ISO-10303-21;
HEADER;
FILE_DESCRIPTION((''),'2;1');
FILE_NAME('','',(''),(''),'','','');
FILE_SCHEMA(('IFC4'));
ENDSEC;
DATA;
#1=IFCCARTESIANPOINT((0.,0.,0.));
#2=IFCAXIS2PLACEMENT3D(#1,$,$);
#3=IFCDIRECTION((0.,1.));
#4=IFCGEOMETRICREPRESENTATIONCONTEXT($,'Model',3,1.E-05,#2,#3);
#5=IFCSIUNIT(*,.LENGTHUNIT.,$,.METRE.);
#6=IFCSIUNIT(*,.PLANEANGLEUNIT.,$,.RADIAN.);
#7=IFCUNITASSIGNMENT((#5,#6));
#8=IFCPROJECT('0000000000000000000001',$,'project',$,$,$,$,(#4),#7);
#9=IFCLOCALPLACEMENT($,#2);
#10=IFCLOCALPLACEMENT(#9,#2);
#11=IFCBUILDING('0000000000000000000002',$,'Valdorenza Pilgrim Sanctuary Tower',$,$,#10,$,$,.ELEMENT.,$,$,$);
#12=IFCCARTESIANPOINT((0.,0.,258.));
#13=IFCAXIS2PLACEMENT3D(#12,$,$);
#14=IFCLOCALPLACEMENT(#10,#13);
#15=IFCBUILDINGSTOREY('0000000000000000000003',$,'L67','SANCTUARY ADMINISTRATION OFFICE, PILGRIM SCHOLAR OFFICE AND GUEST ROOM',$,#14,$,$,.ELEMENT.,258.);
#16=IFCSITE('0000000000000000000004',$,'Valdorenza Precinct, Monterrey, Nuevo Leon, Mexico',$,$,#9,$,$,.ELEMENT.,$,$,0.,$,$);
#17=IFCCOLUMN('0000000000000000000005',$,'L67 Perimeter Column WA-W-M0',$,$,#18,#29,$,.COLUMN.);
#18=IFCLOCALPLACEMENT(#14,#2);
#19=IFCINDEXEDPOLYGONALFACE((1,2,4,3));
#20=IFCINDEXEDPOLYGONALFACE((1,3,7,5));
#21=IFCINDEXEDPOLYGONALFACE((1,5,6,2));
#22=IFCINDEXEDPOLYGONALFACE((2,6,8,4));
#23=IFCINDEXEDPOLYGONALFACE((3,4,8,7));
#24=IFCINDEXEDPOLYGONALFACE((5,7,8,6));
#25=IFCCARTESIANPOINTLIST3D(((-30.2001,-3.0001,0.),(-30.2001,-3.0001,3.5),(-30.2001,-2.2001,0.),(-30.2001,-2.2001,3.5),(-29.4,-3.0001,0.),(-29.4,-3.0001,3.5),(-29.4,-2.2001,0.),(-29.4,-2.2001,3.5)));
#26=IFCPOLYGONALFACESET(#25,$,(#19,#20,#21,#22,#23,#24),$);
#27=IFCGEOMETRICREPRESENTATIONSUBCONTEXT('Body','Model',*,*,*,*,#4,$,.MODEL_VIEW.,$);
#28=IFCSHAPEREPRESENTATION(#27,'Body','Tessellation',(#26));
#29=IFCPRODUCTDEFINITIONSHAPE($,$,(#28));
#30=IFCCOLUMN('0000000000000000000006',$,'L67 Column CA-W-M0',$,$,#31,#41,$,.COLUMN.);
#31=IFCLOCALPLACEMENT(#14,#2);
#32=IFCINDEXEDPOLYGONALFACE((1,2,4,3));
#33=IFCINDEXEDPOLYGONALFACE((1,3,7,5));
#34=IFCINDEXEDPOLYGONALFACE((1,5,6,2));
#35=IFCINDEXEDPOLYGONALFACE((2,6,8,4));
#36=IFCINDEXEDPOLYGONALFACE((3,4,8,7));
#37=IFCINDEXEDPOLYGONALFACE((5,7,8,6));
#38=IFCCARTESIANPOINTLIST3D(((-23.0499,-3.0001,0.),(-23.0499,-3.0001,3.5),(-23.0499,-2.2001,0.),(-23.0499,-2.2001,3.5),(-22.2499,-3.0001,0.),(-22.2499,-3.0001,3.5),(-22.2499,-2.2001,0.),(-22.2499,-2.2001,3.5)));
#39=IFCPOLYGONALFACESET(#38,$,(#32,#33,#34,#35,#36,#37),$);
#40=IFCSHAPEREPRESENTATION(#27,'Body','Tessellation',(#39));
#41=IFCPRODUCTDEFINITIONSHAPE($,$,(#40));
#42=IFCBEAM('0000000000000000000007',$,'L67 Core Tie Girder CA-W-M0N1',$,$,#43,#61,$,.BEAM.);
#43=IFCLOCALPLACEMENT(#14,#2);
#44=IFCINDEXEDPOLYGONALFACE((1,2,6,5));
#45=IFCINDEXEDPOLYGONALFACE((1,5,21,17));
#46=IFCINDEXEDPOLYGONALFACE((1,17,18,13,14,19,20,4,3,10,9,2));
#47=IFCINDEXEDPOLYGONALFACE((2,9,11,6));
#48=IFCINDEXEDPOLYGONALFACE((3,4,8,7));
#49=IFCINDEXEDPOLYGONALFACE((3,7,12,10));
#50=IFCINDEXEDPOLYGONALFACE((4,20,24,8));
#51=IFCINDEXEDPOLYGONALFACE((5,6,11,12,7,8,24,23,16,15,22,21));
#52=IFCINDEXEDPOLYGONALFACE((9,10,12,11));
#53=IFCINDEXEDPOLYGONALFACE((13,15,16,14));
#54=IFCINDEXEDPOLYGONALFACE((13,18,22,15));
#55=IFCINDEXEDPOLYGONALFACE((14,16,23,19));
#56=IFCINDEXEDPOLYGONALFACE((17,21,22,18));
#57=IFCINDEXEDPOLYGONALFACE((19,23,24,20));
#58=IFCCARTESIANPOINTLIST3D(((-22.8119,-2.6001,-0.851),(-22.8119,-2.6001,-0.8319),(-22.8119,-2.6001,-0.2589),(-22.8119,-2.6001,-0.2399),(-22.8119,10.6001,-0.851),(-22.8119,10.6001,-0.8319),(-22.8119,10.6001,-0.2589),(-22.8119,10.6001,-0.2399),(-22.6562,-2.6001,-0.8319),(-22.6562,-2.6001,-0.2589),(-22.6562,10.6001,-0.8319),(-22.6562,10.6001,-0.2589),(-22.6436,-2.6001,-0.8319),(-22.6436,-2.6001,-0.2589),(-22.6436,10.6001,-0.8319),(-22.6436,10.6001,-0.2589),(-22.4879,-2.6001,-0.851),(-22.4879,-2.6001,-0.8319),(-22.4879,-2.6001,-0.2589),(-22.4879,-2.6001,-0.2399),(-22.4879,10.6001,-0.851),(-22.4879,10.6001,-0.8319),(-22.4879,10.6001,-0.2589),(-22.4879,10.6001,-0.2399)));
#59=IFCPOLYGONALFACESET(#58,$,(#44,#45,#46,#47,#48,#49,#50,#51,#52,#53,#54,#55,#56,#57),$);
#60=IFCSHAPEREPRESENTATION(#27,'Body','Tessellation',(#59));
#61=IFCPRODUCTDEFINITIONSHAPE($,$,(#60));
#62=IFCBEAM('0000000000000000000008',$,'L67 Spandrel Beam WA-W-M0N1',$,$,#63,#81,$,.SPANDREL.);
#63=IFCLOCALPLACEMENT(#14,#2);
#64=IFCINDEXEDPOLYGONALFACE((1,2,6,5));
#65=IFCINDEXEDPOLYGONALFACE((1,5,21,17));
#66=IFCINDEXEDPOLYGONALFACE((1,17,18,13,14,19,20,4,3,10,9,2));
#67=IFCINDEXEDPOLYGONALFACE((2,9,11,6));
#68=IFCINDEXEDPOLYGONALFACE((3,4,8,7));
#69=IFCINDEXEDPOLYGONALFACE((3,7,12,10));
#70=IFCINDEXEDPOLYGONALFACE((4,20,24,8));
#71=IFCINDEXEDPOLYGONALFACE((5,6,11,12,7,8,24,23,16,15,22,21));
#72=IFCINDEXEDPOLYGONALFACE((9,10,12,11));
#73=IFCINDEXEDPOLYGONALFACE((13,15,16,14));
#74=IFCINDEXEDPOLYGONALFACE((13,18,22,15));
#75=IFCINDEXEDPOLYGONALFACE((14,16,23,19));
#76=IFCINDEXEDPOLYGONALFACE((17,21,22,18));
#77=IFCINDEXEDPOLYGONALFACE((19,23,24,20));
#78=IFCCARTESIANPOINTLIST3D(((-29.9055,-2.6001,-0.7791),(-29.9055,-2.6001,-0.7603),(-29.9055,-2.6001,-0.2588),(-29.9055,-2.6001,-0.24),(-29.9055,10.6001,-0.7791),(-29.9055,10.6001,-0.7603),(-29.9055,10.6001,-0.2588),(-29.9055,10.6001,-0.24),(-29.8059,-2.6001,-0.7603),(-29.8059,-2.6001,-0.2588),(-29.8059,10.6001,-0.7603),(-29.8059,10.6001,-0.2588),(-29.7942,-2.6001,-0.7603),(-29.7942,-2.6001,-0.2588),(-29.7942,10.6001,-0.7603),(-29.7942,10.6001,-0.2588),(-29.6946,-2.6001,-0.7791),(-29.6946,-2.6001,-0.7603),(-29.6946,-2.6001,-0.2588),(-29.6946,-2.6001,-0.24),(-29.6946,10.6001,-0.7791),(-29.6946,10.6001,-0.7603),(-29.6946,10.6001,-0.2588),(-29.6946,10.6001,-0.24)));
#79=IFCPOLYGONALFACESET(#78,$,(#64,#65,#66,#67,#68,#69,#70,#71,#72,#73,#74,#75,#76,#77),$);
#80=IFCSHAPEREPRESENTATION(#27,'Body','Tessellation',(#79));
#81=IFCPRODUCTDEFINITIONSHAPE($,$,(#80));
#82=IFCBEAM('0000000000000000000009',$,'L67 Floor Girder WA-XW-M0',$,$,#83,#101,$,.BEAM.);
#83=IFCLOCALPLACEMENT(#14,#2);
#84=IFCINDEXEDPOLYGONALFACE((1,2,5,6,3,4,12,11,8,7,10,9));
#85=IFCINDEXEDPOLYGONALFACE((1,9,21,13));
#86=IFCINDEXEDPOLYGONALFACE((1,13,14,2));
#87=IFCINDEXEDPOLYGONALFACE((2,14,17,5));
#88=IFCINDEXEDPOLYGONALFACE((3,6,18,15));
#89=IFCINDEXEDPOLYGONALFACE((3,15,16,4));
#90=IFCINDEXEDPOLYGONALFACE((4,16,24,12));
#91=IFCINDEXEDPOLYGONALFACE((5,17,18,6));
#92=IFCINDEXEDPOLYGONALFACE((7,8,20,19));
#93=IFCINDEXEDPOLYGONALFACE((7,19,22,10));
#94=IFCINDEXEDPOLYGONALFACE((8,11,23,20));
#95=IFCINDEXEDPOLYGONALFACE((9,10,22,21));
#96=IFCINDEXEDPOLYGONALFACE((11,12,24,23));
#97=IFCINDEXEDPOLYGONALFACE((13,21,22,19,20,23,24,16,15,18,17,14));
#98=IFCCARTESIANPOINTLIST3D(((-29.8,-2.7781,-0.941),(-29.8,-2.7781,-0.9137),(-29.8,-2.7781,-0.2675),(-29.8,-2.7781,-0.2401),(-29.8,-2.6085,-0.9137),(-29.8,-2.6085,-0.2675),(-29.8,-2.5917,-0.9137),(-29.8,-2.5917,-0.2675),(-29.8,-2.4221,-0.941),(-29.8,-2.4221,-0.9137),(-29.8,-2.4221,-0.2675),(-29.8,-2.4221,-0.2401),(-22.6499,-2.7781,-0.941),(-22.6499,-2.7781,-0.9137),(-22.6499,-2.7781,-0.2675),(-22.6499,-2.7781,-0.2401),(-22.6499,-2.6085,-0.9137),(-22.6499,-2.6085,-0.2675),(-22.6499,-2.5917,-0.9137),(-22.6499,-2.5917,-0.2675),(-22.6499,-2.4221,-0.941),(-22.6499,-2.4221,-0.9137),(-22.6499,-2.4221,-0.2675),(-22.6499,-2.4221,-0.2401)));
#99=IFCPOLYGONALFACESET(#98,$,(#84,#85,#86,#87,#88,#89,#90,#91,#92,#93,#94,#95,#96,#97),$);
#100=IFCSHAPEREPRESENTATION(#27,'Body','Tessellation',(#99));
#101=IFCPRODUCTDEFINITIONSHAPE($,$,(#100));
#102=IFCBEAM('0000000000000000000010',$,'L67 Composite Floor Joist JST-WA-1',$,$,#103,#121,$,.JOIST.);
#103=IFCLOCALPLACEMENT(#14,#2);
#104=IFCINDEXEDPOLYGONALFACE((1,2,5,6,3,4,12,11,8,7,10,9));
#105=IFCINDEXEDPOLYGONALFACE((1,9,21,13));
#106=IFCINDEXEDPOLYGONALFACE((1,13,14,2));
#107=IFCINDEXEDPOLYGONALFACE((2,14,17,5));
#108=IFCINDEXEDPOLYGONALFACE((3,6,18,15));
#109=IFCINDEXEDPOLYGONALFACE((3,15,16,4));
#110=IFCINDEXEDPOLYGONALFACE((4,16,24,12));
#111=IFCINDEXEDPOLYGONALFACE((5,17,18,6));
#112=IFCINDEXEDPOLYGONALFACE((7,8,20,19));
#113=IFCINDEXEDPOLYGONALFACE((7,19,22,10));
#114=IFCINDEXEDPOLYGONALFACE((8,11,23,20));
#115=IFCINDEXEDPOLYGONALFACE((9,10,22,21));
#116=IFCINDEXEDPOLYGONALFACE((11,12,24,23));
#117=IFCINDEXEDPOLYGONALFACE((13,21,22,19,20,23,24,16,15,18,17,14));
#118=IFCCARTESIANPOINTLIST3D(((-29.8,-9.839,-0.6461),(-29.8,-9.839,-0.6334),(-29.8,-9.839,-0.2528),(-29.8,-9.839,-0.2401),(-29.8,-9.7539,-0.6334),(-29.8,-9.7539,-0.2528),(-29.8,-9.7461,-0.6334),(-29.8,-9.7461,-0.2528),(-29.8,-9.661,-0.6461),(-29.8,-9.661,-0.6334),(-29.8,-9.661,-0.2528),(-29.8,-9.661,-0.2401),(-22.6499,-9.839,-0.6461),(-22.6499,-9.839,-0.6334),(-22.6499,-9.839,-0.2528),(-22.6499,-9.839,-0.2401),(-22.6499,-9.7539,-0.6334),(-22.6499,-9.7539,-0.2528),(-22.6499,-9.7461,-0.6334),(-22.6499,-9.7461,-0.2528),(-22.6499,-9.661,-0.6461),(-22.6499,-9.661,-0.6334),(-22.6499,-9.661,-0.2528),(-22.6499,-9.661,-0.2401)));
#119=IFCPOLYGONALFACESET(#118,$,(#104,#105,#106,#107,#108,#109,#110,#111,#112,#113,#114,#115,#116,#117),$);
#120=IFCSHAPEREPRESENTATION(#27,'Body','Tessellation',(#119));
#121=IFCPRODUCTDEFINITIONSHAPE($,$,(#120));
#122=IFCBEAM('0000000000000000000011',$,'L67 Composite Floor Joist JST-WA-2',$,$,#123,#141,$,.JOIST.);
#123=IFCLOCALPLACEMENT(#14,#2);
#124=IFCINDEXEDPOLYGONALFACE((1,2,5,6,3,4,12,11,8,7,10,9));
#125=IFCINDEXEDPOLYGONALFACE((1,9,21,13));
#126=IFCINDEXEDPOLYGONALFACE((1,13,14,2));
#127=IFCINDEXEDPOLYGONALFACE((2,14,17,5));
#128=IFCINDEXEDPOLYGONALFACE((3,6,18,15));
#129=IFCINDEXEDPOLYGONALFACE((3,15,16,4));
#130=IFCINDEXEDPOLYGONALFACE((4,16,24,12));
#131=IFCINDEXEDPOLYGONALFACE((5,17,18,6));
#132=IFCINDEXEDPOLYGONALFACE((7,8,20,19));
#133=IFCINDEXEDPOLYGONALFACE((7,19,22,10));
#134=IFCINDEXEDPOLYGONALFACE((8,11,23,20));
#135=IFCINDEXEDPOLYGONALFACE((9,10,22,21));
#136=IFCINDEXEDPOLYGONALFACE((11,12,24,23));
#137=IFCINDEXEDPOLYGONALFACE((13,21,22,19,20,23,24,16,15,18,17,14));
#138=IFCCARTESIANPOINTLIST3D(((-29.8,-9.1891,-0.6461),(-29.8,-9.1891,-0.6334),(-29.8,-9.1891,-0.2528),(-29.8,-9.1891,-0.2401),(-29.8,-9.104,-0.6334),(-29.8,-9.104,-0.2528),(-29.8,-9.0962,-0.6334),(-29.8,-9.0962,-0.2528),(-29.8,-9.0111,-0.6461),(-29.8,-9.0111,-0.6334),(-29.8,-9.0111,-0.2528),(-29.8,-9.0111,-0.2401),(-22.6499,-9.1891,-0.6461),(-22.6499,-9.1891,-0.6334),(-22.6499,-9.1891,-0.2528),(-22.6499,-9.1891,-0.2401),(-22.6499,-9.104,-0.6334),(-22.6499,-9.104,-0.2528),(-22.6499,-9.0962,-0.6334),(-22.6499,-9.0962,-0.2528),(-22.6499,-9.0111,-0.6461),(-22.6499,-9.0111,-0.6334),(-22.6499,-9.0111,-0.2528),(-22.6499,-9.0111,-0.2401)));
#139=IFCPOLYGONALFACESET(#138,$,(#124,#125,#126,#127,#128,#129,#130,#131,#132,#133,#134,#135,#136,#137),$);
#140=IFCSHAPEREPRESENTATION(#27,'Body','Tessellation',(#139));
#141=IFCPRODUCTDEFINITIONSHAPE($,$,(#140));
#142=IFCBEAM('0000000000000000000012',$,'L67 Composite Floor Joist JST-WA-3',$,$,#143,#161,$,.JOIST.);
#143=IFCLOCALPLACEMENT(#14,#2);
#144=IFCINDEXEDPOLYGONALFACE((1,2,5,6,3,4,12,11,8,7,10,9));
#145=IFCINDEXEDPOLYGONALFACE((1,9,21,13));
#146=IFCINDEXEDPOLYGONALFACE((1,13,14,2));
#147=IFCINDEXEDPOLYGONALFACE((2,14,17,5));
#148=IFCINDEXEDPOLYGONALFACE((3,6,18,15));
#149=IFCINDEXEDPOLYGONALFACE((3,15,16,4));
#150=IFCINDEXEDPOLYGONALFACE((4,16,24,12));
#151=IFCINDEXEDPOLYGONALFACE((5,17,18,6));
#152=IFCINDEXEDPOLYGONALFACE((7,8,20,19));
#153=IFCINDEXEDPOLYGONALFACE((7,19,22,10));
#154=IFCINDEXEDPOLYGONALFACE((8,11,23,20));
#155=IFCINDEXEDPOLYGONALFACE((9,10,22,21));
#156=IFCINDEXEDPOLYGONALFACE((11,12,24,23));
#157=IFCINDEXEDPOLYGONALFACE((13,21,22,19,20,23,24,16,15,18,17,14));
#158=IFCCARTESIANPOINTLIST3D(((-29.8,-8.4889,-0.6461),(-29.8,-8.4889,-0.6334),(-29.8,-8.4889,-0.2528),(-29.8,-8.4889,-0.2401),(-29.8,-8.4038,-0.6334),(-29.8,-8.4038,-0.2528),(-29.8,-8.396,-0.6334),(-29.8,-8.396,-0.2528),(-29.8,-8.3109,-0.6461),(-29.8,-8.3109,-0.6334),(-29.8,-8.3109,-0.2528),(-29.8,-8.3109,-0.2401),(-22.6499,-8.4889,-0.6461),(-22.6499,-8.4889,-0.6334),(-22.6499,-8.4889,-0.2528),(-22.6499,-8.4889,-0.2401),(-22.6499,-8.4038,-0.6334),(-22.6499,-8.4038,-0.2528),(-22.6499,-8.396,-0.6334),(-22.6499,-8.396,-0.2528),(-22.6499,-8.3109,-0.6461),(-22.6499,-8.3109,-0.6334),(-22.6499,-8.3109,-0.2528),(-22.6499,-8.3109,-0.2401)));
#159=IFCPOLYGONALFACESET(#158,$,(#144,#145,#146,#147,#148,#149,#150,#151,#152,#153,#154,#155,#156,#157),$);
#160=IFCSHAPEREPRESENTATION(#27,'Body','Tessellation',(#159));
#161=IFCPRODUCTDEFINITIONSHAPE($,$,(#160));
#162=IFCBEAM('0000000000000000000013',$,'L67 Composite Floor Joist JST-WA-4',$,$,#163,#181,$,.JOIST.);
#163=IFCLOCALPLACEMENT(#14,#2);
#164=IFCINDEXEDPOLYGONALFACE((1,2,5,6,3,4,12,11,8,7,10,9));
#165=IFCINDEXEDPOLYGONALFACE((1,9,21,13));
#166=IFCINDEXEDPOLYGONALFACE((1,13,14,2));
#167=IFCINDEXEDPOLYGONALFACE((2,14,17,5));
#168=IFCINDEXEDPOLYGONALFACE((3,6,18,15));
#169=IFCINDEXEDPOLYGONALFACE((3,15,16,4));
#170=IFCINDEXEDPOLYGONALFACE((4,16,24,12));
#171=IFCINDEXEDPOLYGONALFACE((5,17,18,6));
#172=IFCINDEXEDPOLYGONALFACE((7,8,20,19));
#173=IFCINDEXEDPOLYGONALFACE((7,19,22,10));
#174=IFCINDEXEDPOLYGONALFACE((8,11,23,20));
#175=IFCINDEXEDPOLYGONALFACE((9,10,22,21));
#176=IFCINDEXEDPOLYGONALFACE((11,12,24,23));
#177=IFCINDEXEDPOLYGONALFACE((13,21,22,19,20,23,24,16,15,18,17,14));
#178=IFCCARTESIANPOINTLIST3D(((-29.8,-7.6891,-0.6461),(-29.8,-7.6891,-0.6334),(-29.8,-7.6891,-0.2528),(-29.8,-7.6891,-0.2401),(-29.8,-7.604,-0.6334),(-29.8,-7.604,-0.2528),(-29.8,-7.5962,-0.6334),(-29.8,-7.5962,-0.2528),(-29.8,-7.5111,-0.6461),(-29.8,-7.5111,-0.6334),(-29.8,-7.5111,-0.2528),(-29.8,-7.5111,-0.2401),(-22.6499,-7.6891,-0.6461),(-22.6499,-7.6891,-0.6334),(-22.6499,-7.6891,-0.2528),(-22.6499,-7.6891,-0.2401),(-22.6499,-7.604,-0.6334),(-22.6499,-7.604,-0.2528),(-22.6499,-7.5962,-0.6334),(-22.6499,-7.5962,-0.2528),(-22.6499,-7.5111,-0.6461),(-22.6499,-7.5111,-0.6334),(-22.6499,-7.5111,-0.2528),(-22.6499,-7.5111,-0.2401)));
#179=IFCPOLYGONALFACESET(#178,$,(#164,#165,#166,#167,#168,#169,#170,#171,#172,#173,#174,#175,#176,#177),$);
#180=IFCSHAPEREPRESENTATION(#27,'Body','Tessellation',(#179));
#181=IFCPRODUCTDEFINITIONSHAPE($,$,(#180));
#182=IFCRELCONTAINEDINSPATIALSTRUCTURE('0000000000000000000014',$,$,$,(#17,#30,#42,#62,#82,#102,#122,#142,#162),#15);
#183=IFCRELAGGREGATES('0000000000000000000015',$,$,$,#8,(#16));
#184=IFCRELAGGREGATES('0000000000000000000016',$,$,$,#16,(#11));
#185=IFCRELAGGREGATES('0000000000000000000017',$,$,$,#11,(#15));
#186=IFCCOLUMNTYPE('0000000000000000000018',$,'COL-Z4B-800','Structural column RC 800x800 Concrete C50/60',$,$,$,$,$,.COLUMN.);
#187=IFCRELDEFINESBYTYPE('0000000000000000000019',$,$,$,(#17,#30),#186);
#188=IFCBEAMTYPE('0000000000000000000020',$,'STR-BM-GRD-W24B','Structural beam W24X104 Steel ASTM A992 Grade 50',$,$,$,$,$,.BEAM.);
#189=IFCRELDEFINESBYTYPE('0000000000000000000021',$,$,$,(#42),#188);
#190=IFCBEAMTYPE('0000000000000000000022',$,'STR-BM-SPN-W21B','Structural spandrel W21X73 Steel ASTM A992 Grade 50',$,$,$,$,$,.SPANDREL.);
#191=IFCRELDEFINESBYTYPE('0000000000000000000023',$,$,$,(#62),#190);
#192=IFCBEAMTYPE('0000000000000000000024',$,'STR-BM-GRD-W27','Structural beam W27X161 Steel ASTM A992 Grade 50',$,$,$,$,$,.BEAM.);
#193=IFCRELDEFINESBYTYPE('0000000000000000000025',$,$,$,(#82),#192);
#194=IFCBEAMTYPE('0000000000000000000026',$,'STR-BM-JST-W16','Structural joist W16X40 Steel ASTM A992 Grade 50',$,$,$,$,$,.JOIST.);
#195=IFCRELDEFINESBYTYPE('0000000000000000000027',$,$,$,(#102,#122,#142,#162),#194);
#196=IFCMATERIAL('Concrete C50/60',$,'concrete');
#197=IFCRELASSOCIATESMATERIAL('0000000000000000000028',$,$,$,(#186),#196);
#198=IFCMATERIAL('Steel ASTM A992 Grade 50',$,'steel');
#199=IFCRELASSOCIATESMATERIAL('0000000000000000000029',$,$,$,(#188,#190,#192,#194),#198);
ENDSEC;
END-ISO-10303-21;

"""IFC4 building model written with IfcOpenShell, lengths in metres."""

from ifc_helpers import new_model, si_unit, direction, frame, origin, origin_2d, place, context, subcontext, project, spatial, rectangle, i_section, extrude, source, transform, mapped, material, material_profile, profile_set, type_object, element, save


model = new_model("IFC4")

# Units and contexts
model_context = context("Model", 3, precision=1e-05, world=origin(), true_north=direction((0.0, 1.0)))
body_context = subcontext(model_context, "Body", "Model", "MODEL_VIEW")
ifc_project = project(units=[si_unit("LENGTHUNIT", "METRE"), si_unit("PLANEANGLEUNIT", "RADIAN")], contexts=[model_context])

# Site, building, storey
site_placement = place(None, origin())
site = spatial("IfcSite", under=ifc_project, at=site_placement, Name="Valdorenza Precinct, Monterrey, Nuevo Leon, Mexico", CompositionType="ELEMENT", RefElevation=0.0)
building_placement = place(site_placement, origin())
building = spatial("IfcBuilding", under=site, at=building_placement, Name="Valdorenza Pilgrim Sanctuary Tower", CompositionType="ELEMENT")
storey_placement = place(building_placement, frame((0.0, 0.0, 258.0)))
storey = spatial("IfcBuildingStorey", under=building, at=storey_placement, Name="L67", Description="SANCTUARY ADMINISTRATION OFFICE, PILGRIM SCHOLAR OFFICE AND GUEST ROOM", CompositionType="ELEMENT", Elevation=258.0)

# Columns
ifc_material_1 = material(Name="Concrete C50/60", Category="concrete")
ifc_material_profile_1 = material_profile(ifc_material_1, rectangle(XDim=0.8, YDim=0.8, at=origin_2d()), Name="RC 800x800")
ifc_profile_set_1 = profile_set([ifc_material_profile_1], Name="Concrete C50/60")
column_type = type_object("IfcColumnType", Name="COL-Z4B-800", Description="Structural column RC 800x800 Concrete C50/60", PredefinedType="COLUMN", material=ifc_profile_set_1)
shared_shape_1 = source(origin(), body_context, "Body", "SweptSolid", [
    extrude(rectangle(XDim=0.8, YDim=0.8, at=origin_2d()), origin(), (0.0, 0.0, 1.0), 3.5),
])
for number, where, z_axis, x_axis, name in (
    (1, (-29.8, -2.6001, 0.0), (0.0, 0.0, 1.0), (1.0, 0.0, 0.0), "L67 Perimeter Column WA-W-M0"),
    (2, (-22.6499, -2.6001, 0.0), (0.0, 0.0, 1.0), (1.0, 0.0, 0.0), "L67 Column CA-W-M0"),
):
    element("IfcColumn", number, at=place(storey_placement, frame(where, z_axis=z_axis, x_axis=x_axis)), inside=storey, type_object=column_type, Name=name, PredefinedType="COLUMN", context=body_context, shape_type="MappedRepresentation", body=[
        mapped(shared_shape_1, transform((0.0, 0.0, 0.0), x_axis=(1.0, 0.0, 0.0), y_axis=(0.0, 1.0, 0.0), z_axis=(0.0, 0.0, 1.0), scale=1.0)),
    ])

# Beams
ifc_material_2 = material(Name="Steel ASTM A992 Grade 50", Category="steel")
ifc_material_profile_2 = material_profile(ifc_material_2, i_section(OverallWidth=0.324, OverallDepth=0.6111, WebThickness=0.0127, FlangeThickness=0.019, at=origin_2d()), Name="W24X104")
ifc_profile_set_2 = profile_set([ifc_material_profile_2], Name="Steel ASTM A992 Grade 50")
beam_type_1 = type_object("IfcBeamType", Name="STR-BM-GRD-W24B", Description="Structural beam W24X104 Steel ASTM A992 Grade 50", PredefinedType="BEAM", material=ifc_profile_set_2)
shared_shape_2 = source(origin(), body_context, "Body", "SweptSolid", [
    extrude(i_section(OverallWidth=0.324, OverallDepth=0.6111, WebThickness=0.0127, FlangeThickness=0.019, at=origin_2d()), origin(), (0.0, 0.0, 1.0), 13.2002),
])
beam_1_placement = place(storey_placement, frame((-22.6499, -2.6001, -0.5454), z_axis=(0.0, 1.0, 0.0), x_axis=(-1.0, 0.0, 0.0)))
element("IfcBeam", 3, at=beam_1_placement, inside=storey, type_object=beam_type_1, Name="L67 Core Tie Girder CA-W-M0N1", PredefinedType="BEAM", context=body_context, shape_type="MappedRepresentation", body=[
    mapped(shared_shape_2, transform((0.0, 0.0, 0.0), x_axis=(1.0, 0.0, 0.0), y_axis=(0.0, 1.0, 0.0), z_axis=(0.0, 0.0, 1.0), scale=1.0)),
])
ifc_material_profile_3 = material_profile(ifc_material_2, i_section(OverallWidth=0.2109, OverallDepth=0.5391, WebThickness=0.0117, FlangeThickness=0.0188, at=origin_2d()), Name="W21X73")
ifc_profile_set_3 = profile_set([ifc_material_profile_3], Name="Steel ASTM A992 Grade 50")
beam_type_2 = type_object("IfcBeamType", Name="STR-BM-SPN-W21B", Description="Structural spandrel W21X73 Steel ASTM A992 Grade 50", PredefinedType="SPANDREL", material=ifc_profile_set_3)
shared_shape_3 = source(origin(), body_context, "Body", "SweptSolid", [
    extrude(i_section(OverallWidth=0.2109, OverallDepth=0.5391, WebThickness=0.0117, FlangeThickness=0.0188, at=origin_2d()), origin(), (0.0, 0.0, 1.0), 13.2002),
])
beam_2_placement = place(storey_placement, frame((-29.8, -2.6001, -0.5095), z_axis=(0.0, 1.0, 0.0), x_axis=(-1.0, 0.0, 0.0)))
element("IfcBeam", 4, at=beam_2_placement, inside=storey, type_object=beam_type_2, Name="L67 Spandrel Beam WA-W-M0N1", PredefinedType="SPANDREL", context=body_context, shape_type="MappedRepresentation", body=[
    mapped(shared_shape_3, transform((0.0, 0.0, 0.0), x_axis=(1.0, 0.0, 0.0), y_axis=(0.0, 1.0, 0.0), z_axis=(0.0, 0.0, 1.0), scale=1.0)),
])
ifc_material_profile_4 = material_profile(ifc_material_2, i_section(OverallWidth=0.356, OverallDepth=0.7009, WebThickness=0.0168, FlangeThickness=0.0273, at=origin_2d()), Name="W27X161")
ifc_profile_set_4 = profile_set([ifc_material_profile_4], Name="Steel ASTM A992 Grade 50")
beam_type_3 = type_object("IfcBeamType", Name="STR-BM-GRD-W27", Description="Structural beam W27X161 Steel ASTM A992 Grade 50", PredefinedType="BEAM", material=ifc_profile_set_4)
shared_shape_4 = source(origin(), body_context, "Body", "SweptSolid", [
    extrude(i_section(OverallWidth=0.356, OverallDepth=0.7009, WebThickness=0.0168, FlangeThickness=0.0273, at=origin_2d()), origin(), (0.0, 0.0, 1.0), 7.1501),
])
beam_3_placement = place(storey_placement, frame((-29.8, -2.6001, -0.5906), z_axis=(1.0, 0.0, 0.0), x_axis=(0.0, 1.0, 0.0)))
element("IfcBeam", 5, at=beam_3_placement, inside=storey, type_object=beam_type_3, Name="L67 Floor Girder WA-XW-M0", PredefinedType="BEAM", context=body_context, shape_type="MappedRepresentation", body=[
    mapped(shared_shape_4, transform((0.0, 0.0, 0.0), x_axis=(1.0, 0.0, 0.0), y_axis=(0.0, 1.0, 0.0), z_axis=(0.0, 0.0, 1.0), scale=1.0)),
])
ifc_material_profile_5 = material_profile(ifc_material_2, i_section(OverallWidth=0.178, OverallDepth=0.406, WebThickness=0.0078, FlangeThickness=0.0127, at=origin_2d()), Name="W16X40")
ifc_profile_set_5 = profile_set([ifc_material_profile_5], Name="Steel ASTM A992 Grade 50")
beam_type_4 = type_object("IfcBeamType", Name="STR-BM-JST-W16", Description="Structural joist W16X40 Steel ASTM A992 Grade 50", PredefinedType="JOIST", material=ifc_profile_set_5)
shared_shape_5 = source(origin(), body_context, "Body", "SweptSolid", [
    extrude(i_section(OverallWidth=0.178, OverallDepth=0.406, WebThickness=0.0078, FlangeThickness=0.0127, at=origin_2d()), origin(), (0.0, 0.0, 1.0), 7.1501),
])
for number, where, z_axis, x_axis, name in (
    (6, (-29.8, -9.75, -0.4431), (1.0, 0.0, 0.0), (0.0, 1.0, 0.0), "L67 Composite Floor Joist JST-WA-1"),
    (7, (-29.8, -9.1001, -0.4431), (1.0, 0.0, 0.0), (0.0, 1.0, 0.0), "L67 Composite Floor Joist JST-WA-2"),
    (8, (-29.8, -8.3999, -0.4431), (1.0, 0.0, 0.0), (0.0, 1.0, 0.0), "L67 Composite Floor Joist JST-WA-3"),
    (9, (-29.8, -7.6001, -0.4431), (1.0, 0.0, 0.0), (0.0, 1.0, 0.0), "L67 Composite Floor Joist JST-WA-4"),
):
    element("IfcBeam", number, at=place(storey_placement, frame(where, z_axis=z_axis, x_axis=x_axis)), inside=storey, type_object=beam_type_4, Name=name, PredefinedType="JOIST", context=body_context, shape_type="MappedRepresentation", body=[
        mapped(shared_shape_5, transform((0.0, 0.0, 0.0), x_axis=(1.0, 0.0, 0.0), y_axis=(0.0, 1.0, 0.0), z_axis=(0.0, 0.0, 1.0), scale=1.0)),
    ])

save(model, "model.ifc")
